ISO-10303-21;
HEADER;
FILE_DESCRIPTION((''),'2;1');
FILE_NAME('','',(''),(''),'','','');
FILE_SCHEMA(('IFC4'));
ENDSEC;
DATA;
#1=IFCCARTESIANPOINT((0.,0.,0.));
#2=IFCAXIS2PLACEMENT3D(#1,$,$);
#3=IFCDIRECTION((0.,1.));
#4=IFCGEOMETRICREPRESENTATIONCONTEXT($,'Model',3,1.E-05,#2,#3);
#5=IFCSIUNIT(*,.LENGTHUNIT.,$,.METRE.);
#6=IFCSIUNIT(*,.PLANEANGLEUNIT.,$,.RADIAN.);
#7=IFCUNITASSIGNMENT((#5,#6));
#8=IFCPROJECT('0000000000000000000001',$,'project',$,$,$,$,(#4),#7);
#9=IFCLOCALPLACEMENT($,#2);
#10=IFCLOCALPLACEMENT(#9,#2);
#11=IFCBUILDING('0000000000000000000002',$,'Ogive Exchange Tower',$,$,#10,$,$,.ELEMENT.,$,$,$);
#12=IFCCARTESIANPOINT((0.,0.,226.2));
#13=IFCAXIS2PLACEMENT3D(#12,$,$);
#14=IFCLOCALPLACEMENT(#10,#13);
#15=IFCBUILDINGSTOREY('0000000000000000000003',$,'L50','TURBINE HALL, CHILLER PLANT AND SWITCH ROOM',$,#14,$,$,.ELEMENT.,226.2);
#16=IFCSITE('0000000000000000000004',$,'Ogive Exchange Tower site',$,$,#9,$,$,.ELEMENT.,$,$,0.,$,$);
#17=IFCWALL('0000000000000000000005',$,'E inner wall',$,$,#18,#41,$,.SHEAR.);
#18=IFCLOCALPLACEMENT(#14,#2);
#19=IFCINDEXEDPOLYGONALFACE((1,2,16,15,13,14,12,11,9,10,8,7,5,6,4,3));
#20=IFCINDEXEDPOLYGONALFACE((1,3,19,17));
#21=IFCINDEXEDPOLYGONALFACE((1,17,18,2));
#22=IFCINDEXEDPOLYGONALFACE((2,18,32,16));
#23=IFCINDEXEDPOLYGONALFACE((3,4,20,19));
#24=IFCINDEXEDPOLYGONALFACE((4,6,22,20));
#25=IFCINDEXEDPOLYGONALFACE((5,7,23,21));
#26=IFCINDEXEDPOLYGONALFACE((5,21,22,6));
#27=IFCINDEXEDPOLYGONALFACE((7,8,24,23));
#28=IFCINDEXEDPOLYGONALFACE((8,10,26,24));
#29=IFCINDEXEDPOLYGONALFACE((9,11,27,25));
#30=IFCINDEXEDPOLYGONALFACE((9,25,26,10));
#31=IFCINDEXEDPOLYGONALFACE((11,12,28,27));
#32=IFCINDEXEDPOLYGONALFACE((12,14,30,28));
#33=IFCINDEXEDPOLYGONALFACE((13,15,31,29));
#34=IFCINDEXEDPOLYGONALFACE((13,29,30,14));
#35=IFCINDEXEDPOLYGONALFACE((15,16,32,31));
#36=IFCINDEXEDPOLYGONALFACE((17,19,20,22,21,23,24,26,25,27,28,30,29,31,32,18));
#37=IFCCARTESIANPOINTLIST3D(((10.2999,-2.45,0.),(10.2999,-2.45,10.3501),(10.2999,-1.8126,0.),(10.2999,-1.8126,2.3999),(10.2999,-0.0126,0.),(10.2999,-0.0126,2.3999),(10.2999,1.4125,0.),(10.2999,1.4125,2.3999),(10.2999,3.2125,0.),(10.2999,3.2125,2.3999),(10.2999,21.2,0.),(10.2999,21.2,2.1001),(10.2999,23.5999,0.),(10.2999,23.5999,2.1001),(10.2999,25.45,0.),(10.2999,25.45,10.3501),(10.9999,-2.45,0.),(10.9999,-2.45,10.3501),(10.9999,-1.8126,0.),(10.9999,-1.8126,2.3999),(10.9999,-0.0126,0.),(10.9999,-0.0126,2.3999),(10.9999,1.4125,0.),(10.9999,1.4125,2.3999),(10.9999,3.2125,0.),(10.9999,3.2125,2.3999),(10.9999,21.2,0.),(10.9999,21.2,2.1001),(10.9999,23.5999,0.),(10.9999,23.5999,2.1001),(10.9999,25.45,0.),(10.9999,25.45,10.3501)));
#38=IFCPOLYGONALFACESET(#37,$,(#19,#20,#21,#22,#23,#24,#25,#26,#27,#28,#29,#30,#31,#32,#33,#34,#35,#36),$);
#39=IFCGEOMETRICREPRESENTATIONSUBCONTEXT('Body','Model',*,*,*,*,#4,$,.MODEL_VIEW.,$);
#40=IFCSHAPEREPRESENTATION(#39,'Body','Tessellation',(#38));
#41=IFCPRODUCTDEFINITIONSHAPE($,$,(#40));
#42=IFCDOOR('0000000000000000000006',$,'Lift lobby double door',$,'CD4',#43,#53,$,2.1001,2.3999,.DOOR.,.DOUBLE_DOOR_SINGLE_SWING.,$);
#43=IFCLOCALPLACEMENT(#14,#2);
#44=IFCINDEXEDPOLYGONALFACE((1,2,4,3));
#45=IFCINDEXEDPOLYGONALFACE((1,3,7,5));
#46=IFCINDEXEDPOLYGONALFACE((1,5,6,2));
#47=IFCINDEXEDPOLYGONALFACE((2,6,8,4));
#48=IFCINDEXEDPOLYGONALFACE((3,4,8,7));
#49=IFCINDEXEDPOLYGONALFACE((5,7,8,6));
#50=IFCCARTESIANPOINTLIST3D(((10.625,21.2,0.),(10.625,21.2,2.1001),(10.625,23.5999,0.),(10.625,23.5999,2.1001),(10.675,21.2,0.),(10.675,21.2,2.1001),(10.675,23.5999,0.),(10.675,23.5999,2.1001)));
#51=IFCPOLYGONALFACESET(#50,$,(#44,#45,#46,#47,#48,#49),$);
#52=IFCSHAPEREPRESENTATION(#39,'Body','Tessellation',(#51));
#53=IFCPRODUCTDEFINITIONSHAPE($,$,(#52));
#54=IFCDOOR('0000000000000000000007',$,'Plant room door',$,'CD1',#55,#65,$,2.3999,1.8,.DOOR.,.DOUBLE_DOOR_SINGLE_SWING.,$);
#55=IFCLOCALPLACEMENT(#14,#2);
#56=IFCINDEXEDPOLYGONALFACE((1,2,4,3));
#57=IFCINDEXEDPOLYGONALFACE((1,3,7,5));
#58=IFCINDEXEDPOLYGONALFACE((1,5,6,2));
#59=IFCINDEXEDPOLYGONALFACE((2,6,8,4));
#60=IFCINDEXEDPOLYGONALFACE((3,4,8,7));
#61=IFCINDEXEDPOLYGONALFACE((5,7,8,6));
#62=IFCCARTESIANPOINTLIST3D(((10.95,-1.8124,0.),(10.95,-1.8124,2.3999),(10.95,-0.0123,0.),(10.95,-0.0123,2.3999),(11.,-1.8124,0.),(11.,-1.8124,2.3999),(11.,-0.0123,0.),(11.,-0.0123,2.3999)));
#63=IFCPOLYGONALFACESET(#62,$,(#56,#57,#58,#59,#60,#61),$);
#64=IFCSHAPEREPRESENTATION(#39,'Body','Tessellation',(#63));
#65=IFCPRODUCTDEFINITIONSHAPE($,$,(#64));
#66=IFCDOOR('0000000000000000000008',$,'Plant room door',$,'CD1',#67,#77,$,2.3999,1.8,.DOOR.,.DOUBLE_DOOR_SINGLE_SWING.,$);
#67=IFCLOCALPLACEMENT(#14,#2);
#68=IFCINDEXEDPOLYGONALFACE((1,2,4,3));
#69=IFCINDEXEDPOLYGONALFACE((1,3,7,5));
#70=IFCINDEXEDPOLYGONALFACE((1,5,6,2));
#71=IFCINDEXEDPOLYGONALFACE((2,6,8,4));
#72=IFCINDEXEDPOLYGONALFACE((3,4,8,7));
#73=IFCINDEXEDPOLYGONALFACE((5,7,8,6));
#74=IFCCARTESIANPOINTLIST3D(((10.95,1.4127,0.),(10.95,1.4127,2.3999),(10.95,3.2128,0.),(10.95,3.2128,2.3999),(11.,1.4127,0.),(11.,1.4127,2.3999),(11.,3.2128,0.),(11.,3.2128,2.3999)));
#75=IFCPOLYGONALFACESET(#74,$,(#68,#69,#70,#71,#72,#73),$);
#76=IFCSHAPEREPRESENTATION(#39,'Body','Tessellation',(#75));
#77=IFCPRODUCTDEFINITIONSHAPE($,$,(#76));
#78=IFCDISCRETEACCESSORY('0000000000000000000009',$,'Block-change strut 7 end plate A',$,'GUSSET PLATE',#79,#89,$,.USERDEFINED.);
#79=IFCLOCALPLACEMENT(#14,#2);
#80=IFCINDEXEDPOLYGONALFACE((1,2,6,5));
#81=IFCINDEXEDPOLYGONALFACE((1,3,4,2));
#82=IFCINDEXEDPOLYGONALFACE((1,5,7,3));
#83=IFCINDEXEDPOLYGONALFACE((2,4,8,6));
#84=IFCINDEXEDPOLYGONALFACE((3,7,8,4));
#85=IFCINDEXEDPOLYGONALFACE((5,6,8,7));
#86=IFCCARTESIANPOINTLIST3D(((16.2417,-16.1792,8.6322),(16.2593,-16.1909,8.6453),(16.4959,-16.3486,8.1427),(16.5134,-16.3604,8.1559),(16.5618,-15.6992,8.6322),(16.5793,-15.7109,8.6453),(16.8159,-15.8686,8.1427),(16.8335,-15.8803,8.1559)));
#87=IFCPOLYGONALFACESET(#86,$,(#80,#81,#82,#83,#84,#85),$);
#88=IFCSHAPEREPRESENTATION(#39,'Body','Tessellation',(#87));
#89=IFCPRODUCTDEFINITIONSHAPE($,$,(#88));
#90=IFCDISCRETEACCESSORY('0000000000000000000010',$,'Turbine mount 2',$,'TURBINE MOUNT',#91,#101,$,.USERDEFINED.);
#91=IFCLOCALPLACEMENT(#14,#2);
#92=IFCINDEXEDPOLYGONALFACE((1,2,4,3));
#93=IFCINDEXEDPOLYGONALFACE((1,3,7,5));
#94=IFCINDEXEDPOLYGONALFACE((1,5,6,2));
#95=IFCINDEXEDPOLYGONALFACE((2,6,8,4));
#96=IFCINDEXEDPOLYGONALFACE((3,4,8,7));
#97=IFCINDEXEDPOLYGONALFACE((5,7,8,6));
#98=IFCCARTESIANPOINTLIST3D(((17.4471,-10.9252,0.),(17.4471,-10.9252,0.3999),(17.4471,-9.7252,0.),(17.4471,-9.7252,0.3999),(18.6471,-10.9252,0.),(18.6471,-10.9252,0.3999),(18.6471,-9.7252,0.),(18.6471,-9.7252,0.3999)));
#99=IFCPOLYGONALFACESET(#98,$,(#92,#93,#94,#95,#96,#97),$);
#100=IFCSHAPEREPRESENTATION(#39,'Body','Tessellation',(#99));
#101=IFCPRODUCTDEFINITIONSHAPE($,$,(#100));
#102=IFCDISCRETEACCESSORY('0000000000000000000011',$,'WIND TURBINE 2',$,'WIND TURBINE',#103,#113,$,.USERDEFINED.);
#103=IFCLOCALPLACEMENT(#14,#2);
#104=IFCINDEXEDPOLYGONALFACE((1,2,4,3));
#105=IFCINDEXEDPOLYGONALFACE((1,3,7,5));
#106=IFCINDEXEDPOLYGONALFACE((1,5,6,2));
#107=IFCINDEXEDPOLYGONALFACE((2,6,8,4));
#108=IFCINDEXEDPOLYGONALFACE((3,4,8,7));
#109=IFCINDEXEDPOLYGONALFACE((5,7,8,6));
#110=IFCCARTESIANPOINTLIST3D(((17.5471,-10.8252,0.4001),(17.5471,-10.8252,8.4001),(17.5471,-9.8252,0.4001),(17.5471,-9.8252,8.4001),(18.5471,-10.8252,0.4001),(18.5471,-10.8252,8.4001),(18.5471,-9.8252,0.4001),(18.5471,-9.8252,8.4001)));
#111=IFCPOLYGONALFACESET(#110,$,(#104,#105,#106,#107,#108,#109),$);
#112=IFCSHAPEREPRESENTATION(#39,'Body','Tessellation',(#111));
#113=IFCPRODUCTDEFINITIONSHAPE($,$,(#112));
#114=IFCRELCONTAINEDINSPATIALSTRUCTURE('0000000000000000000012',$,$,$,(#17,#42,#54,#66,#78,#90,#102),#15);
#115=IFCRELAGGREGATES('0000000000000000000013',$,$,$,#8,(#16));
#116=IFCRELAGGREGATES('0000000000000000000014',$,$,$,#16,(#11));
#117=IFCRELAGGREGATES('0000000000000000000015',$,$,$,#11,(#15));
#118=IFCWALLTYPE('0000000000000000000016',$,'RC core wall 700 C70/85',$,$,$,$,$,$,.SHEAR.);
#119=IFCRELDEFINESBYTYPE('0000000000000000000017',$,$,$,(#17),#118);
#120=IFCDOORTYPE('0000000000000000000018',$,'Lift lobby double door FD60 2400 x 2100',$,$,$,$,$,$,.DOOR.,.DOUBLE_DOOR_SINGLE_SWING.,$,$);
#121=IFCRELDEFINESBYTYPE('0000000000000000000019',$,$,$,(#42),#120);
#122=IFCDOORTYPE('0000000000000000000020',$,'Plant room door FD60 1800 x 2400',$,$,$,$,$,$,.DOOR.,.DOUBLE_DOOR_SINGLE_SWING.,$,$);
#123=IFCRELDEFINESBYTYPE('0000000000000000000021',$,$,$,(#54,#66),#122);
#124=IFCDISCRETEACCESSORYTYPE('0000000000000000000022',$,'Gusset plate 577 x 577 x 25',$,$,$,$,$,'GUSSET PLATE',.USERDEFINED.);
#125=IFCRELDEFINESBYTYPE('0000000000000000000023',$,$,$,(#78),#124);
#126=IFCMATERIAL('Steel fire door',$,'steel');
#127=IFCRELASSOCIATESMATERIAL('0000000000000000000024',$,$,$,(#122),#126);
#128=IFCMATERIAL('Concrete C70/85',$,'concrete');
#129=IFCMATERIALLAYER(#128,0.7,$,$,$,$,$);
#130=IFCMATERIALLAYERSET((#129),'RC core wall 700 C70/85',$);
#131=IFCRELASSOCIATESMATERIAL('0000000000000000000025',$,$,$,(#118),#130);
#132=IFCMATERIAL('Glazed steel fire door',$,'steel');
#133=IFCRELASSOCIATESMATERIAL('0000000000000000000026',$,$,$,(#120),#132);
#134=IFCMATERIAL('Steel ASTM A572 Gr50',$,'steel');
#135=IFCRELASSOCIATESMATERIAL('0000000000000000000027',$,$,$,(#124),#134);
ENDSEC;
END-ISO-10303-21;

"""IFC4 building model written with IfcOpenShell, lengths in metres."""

from ifc_helpers import new_model, si_unit, direction, frame, frame_2d, origin, origin_2d, place, context, subcontext, project, spatial, rectangle, extrude, material, layer, layer_set, material_profile, profile_set, type_object, element, fill, save


model = new_model("IFC4")

# Units and contexts
model_context = context("Model", 3, precision=1e-05, world=origin(), true_north=direction((0.0, 1.0)))
body_context = subcontext(model_context, "Body", "Model", "MODEL_VIEW")
ifc_project = project(units=[si_unit("LENGTHUNIT", "METRE"), si_unit("PLANEANGLEUNIT", "RADIAN")], contexts=[model_context])

# Site, building, storey
site_placement = place(None, origin())
site = spatial("IfcSite", under=ifc_project, at=site_placement, Name="Ogive Exchange Tower site", CompositionType="ELEMENT", RefElevation=0.0)
building_placement = place(site_placement, origin())
building = spatial("IfcBuilding", under=site, at=building_placement, Name="Ogive Exchange Tower", CompositionType="ELEMENT")
storey_placement = place(building_placement, frame((0.0, 0.0, 226.2)))
storey = spatial("IfcBuildingStorey", under=building, at=storey_placement, Name="L50", Description="TURBINE HALL, CHILLER PLANT AND SWITCH ROOM", CompositionType="ELEMENT", Elevation=226.2)

# Shared definitions
ifc_material_1 = material(Name="Concrete C70/85", Category="concrete")
ifc_material_2 = material(Name="Steel fire door", Category="steel")

# Shared definitions
door_type_1 = type_object("IfcDoorType", Name="Plant room door FD60 1800 x 2400", OperationType="DOUBLE_DOOR_SINGLE_SWING", PredefinedType="DOOR", material=ifc_material_2)

# Wall, openings, doors
ifc_layer_1 = layer(ifc_material_1, 0.7)
ifc_layer_set_1 = layer_set([ifc_layer_1], Name="RC core wall 700 C70/85")
wall_type_1 = type_object("IfcWallType", Name="RC core wall 700 C70/85", PredefinedType="SHEAR", material=ifc_layer_set_1)
wall_1_placement = place(storey_placement, frame((10.6499, -2.45, 0.0), z_axis=(0.0, 0.0, 1.0), x_axis=(0.0, 1.0, 0.0)))
wall_1 = element("IfcWall", 1, at=wall_1_placement, inside=storey, type_object=wall_type_1, Name="E inner wall", PredefinedType="SHEAR", context=body_context, shape_type="SweptSolid", body=[
    extrude(rectangle(XDim=27.8999, YDim=0.7, at=frame_2d((13.95, 0.0))), origin(), (0.0, 0.0, 1.0), 10.3501),
])
opening_1_placement = place(wall_1_placement, frame((23.6499, 0.0, 0.0)))
opening_1 = element("IfcOpeningElement", 2, at=opening_1_placement, cuts=wall_1, PredefinedType="OPENING", context=body_context, shape_type="SweptSolid", body=[
    extrude(rectangle(XDim=2.3999, YDim=2.1001, at=frame_2d((1.2, 1.05))), frame((0.0, 0.3599, 0.0), z_axis=(0.0, -1.0, 0.0), x_axis=(1.0, 0.0, 0.0)), (0.0, 0.0, 1.0), 0.72),
])
opening_2_placement = place(wall_1_placement, frame((0.6375, 0.0, 0.0)))
opening_2 = element("IfcOpeningElement", 3, at=opening_2_placement, cuts=wall_1, PredefinedType="OPENING", context=body_context, shape_type="SweptSolid", body=[
    extrude(rectangle(XDim=1.8, YDim=2.3999, at=frame_2d((0.8999, 1.2))), frame((0.0, 0.3599, 0.0), z_axis=(0.0, -1.0, 0.0), x_axis=(1.0, 0.0, 0.0)), (0.0, 0.0, 1.0), 0.72),
])
opening_3_placement = place(wall_1_placement, frame((3.8625, 0.0, 0.0)))
opening_3 = element("IfcOpeningElement", 4, at=opening_3_placement, cuts=wall_1, PredefinedType="OPENING", context=body_context, shape_type="SweptSolid", body=[
    extrude(rectangle(XDim=1.8, YDim=2.3999, at=frame_2d((0.8999, 1.2))), frame((0.0, 0.3599, 0.0), z_axis=(0.0, -1.0, 0.0), x_axis=(1.0, 0.0, 0.0)), (0.0, 0.0, 1.0), 0.72),
])
ifc_material_3 = material(Name="Glazed steel fire door", Category="steel")
door_type_2 = type_object("IfcDoorType", Name="Lift lobby double door FD60 2400 x 2100", OperationType="DOUBLE_DOOR_SINGLE_SWING", PredefinedType="DOOR", material=ifc_material_3)
door_1_placement = place(opening_1_placement, origin())
door_1 = element("IfcDoor", 5, at=door_1_placement, inside=storey, type_object=door_type_2, Name="Lift lobby double door", ObjectType="CD4", OperationType="DOUBLE_DOOR_SINGLE_SWING", OverallHeight=2.1001, OverallWidth=2.3999, PredefinedType="DOOR", context=body_context, shape_type="SweptSolid", body=[
    extrude(rectangle(XDim=2.3999, YDim=2.1001, at=frame_2d((1.2, 1.05))), frame((0.0, 0.0249, 0.0), z_axis=(0.0, -1.0, 0.0), x_axis=(1.0, 0.0, 0.0)), (0.0, 0.0, 1.0), 0.05),
])
fill(opening_1, door_1)
door_2_placement = place(opening_2_placement, frame((1.8, -0.6499, 0.0), z_axis=(0.0, 0.0, 1.0), x_axis=(-1.0, 0.0, 0.0)))
door_2 = element("IfcDoor", 6, at=door_2_placement, inside=storey, type_object=door_type_1, Name="Plant room door", ObjectType="CD1", OperationType="DOUBLE_DOOR_SINGLE_SWING", OverallHeight=2.3999, OverallWidth=1.8, PredefinedType="DOOR", context=body_context, shape_type="SweptSolid", body=[
    extrude(rectangle(XDim=1.8, YDim=2.3999, at=frame_2d((0.8999, 1.2))), frame((0.0, -0.2998, 0.0), z_axis=(0.0, -1.0, 0.0), x_axis=(1.0, 0.0, 0.0)), (0.0, 0.0, 1.0), 0.05),
])
fill(opening_2, door_2)
door_3_placement = place(opening_3_placement, frame((1.8, -0.6499, 0.0), z_axis=(0.0, 0.0, 1.0), x_axis=(-1.0, 0.0, 0.0)))
door_3 = element("IfcDoor", 7, at=door_3_placement, inside=storey, type_object=door_type_1, Name="Plant room door", ObjectType="CD1", OperationType="DOUBLE_DOOR_SINGLE_SWING", OverallHeight=2.3999, OverallWidth=1.8, PredefinedType="DOOR", context=body_context, shape_type="SweptSolid", body=[
    extrude(rectangle(XDim=1.8, YDim=2.3999, at=frame_2d((0.8999, 1.2))), frame((0.0, -0.2998, 0.0), z_axis=(0.0, -1.0, 0.0), x_axis=(1.0, 0.0, 0.0)), (0.0, 0.0, 1.0), 0.05),
])
fill(opening_3, door_3)

# Discrete accessories
ifc_material_4 = material(Name="Steel ASTM A572 Gr50", Category="steel")
ifc_material_profile_1 = material_profile(ifc_material_4, rectangle(XDim=0.5769, YDim=0.5769, at=origin_2d()), Name="PL 577 x 577 x 25")
ifc_profile_set_1 = profile_set([ifc_material_profile_1], Name="Steel ASTM A572 Gr50")
discrete_accessory_type = type_object("IfcDiscreteAccessoryType", Name="Gusset plate 577 x 577 x 25", ElementType="GUSSET PLATE", PredefinedType="USERDEFINED", material=ifc_profile_set_1)
discrete_accessory_1_placement = place(storey_placement, frame((16.5288, -16.0239, 8.3875), z_axis=(0.705882, -0.470588, 0.529412), x_axis=(0.5547, 0.83205, 0.0)))
element("IfcDiscreteAccessory", 8, at=discrete_accessory_1_placement, inside=storey, type_object=discrete_accessory_type, Name="Block-change strut 7 end plate A", ObjectType="GUSSET PLATE", PredefinedType="USERDEFINED", context=body_context, shape_type="SweptSolid", body=[
    extrude(rectangle(XDim=0.5769, YDim=0.5769, at=origin_2d()), origin(), (0.0, 0.0, 1.0), 0.0249),
])
discrete_accessory_2_placement = place(storey_placement, frame((18.0471, -10.3252, 0.0), z_axis=(0.0, 0.0, 1.0), x_axis=(1.0, 0.0, 0.0)))
element("IfcDiscreteAccessory", 9, at=discrete_accessory_2_placement, inside=storey, Name="Turbine mount 2", ObjectType="TURBINE MOUNT", PredefinedType="USERDEFINED", context=body_context, shape_type="SweptSolid", body=[
    extrude(rectangle(XDim=1.2, YDim=1.2, at=origin_2d()), origin(), (0.0, 0.0, 1.0), 0.3999),
])
discrete_accessory_3_placement = place(storey_placement, frame((18.0471, -10.3252, 0.4001), z_axis=(0.0, 0.0, 1.0), x_axis=(1.0, 0.0, 0.0)))
element("IfcDiscreteAccessory", 10, at=discrete_accessory_3_placement, inside=storey, Name="WIND TURBINE 2", ObjectType="WIND TURBINE", PredefinedType="USERDEFINED", context=body_context, shape_type="SweptSolid", body=[
    extrude(rectangle(XDim=1.0, YDim=1.0, at=origin_2d()), origin(), (0.0, 0.0, 1.0), 8.0),
])

save(model, "model.ifc")
